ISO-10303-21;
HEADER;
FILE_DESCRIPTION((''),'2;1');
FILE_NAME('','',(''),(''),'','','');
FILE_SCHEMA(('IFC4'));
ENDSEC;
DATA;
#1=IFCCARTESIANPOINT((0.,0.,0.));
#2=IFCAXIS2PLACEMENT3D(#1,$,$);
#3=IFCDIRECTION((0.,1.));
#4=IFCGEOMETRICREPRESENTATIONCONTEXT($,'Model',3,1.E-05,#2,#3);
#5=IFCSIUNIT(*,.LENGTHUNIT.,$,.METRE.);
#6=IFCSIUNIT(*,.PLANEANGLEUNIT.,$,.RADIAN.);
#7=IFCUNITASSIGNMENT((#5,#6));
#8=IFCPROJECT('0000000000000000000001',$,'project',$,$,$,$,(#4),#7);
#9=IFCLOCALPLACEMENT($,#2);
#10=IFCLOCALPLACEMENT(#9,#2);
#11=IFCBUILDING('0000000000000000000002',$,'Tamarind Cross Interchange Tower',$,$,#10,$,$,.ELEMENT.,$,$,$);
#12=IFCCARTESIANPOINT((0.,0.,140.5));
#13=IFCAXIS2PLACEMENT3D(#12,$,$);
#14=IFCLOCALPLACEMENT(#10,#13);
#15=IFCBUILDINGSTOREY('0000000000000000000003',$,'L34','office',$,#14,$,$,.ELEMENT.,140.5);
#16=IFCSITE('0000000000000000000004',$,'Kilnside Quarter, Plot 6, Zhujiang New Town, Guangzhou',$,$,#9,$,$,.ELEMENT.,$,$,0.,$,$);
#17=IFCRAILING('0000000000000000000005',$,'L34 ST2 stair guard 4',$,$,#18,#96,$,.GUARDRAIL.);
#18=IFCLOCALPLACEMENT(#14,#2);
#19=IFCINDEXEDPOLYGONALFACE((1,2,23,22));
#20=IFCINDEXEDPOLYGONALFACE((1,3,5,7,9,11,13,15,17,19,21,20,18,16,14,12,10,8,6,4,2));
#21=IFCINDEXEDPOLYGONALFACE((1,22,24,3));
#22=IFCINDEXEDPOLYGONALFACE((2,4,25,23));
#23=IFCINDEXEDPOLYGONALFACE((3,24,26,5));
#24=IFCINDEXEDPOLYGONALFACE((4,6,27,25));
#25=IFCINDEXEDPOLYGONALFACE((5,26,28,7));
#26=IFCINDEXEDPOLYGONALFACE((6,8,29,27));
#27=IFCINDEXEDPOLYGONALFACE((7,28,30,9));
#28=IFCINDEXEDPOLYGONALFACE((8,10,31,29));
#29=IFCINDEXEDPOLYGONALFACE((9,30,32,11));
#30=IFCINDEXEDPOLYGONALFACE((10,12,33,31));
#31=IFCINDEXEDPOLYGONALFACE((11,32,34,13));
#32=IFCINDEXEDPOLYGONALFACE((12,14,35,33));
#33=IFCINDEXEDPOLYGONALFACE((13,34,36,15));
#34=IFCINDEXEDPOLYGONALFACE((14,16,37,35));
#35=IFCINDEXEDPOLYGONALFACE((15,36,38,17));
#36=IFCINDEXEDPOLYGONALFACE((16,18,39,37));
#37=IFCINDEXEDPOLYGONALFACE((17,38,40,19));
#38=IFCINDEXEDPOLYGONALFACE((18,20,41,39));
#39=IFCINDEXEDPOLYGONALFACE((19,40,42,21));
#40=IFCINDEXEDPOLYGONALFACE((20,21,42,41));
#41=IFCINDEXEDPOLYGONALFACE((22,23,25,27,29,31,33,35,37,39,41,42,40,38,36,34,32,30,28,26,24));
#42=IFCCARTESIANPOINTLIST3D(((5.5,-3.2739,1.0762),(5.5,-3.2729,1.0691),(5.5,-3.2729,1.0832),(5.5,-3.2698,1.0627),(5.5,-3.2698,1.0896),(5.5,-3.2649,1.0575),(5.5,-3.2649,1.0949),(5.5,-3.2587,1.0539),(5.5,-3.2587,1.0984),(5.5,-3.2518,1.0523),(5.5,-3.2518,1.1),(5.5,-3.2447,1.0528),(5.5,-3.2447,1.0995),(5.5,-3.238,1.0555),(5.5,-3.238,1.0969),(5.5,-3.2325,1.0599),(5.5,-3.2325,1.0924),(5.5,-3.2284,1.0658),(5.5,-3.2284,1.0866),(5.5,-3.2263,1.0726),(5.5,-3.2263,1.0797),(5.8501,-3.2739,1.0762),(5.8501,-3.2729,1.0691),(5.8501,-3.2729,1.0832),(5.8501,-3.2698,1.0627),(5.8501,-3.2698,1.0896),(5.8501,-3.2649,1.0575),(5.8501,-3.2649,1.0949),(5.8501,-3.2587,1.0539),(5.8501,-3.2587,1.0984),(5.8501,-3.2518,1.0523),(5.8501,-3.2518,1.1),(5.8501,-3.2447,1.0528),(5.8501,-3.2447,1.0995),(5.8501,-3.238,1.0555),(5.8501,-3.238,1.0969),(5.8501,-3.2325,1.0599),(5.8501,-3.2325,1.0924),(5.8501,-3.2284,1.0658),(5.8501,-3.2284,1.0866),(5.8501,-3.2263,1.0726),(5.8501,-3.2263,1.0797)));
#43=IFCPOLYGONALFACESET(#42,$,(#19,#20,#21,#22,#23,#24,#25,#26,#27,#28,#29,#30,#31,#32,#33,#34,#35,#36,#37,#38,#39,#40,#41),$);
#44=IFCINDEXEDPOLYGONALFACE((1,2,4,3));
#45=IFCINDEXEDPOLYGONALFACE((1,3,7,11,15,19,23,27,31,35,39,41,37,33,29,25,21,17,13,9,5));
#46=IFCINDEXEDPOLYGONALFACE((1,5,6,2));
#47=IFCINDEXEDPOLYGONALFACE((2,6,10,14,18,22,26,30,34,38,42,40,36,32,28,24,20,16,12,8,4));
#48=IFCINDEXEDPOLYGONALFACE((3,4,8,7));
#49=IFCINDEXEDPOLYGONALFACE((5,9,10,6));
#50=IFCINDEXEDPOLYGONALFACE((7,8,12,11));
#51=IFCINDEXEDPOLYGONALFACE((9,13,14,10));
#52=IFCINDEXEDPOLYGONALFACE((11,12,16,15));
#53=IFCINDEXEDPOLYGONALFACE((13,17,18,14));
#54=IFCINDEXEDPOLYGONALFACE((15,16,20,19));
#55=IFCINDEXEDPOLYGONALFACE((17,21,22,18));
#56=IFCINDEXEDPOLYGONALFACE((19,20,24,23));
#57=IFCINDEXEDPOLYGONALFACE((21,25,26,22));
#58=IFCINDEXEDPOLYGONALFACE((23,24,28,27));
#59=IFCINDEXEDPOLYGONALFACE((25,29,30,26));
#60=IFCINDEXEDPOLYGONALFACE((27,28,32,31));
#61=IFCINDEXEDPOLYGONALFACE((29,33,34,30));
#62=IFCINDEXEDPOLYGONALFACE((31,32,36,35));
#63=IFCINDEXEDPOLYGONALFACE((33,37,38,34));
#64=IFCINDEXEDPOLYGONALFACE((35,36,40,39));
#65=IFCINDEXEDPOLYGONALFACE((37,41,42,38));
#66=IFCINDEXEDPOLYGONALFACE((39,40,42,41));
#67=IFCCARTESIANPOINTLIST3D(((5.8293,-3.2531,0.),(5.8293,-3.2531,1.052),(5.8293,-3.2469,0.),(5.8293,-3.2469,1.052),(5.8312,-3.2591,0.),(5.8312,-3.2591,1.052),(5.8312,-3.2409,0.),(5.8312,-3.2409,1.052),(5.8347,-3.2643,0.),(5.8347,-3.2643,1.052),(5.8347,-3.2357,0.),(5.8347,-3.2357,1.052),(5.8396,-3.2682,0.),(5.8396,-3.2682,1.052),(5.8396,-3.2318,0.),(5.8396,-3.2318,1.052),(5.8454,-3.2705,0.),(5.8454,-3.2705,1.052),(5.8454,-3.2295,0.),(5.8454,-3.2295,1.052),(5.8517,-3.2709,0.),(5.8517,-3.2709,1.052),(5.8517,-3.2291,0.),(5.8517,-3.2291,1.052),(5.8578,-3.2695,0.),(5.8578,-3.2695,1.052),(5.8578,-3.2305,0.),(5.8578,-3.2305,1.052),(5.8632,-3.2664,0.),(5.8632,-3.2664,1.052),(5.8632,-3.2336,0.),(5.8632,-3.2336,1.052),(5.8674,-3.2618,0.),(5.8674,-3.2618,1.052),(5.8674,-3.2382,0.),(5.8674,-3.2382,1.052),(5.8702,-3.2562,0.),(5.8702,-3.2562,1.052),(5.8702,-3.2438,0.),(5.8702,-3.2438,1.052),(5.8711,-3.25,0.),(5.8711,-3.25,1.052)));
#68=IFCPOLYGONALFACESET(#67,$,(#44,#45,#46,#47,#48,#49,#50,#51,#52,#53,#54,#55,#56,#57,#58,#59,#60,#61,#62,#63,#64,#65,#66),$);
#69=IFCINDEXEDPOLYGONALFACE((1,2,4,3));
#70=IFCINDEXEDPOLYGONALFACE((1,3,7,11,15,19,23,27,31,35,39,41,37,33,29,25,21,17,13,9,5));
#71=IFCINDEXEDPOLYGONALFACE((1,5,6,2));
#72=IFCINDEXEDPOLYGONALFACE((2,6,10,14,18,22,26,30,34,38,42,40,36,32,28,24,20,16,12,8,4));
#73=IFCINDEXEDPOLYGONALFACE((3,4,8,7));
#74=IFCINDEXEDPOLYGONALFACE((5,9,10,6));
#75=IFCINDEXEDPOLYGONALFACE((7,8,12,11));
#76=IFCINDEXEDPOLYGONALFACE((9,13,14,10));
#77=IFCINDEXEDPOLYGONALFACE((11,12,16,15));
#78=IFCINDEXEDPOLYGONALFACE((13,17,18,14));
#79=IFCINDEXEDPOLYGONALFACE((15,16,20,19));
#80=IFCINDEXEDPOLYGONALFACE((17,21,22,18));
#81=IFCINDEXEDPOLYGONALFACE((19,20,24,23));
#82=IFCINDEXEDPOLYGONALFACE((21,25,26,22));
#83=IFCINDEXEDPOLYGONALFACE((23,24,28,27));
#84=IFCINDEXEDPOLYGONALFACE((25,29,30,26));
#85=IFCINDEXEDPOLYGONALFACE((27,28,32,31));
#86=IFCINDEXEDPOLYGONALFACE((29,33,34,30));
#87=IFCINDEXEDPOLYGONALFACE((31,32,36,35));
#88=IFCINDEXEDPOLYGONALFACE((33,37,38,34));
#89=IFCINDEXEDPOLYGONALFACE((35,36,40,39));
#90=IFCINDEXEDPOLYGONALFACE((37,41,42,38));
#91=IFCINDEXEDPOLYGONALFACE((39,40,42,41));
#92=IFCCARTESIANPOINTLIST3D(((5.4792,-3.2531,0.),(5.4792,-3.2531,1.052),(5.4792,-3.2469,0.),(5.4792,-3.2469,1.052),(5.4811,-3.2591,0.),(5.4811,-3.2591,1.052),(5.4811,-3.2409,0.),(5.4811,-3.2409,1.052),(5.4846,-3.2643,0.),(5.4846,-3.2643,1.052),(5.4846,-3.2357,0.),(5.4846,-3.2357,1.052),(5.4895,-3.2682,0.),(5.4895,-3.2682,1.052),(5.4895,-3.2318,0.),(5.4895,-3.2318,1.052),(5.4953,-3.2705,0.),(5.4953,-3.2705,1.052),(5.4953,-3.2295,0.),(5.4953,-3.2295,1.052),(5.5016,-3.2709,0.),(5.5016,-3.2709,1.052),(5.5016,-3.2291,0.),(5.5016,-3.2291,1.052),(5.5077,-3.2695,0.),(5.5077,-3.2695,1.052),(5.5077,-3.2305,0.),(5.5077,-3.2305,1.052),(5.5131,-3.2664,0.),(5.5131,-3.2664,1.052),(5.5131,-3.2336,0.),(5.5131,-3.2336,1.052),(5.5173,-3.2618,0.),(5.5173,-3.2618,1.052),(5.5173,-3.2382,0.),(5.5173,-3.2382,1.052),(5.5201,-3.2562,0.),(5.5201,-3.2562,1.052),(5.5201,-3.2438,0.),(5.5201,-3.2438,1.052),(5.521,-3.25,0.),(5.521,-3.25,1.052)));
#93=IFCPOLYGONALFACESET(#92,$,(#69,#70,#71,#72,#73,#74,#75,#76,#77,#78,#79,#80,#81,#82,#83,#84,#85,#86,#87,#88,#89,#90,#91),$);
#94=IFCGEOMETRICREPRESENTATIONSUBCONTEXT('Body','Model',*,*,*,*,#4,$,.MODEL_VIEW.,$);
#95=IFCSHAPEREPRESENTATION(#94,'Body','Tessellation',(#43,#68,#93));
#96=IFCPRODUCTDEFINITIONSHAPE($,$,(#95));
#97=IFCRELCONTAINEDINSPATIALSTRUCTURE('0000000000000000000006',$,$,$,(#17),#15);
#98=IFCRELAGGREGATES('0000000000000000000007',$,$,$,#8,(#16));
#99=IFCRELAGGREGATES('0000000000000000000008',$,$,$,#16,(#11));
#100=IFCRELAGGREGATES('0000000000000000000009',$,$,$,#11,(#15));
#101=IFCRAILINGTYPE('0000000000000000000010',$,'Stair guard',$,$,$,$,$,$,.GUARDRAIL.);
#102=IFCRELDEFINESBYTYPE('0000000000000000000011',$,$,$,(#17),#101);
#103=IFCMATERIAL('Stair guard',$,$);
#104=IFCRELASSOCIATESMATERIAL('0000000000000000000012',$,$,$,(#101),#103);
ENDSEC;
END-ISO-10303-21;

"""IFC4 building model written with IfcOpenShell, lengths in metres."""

from ifc_helpers import new_model, si_unit, direction, frame, origin, origin_2d, place, context, subcontext, project, spatial, circle, extrude, material, type_object, element, save


model = new_model("IFC4")

# Units and contexts
model_context = context("Model", 3, precision=1e-05, world=origin(), true_north=direction((0.0, 1.0)))
body_context = subcontext(model_context, "Body", "Model", "MODEL_VIEW")
ifc_project = project(units=[si_unit("LENGTHUNIT", "METRE"), si_unit("PLANEANGLEUNIT", "RADIAN")], contexts=[model_context])

# Site, building, storey
site_placement = place(None, origin())
site = spatial("IfcSite", under=ifc_project, at=site_placement, Name="Kilnside Quarter, Plot 6, Zhujiang New Town, Guangzhou", CompositionType="ELEMENT", RefElevation=0.0)
building_placement = place(site_placement, origin())
building = spatial("IfcBuilding", under=site, at=building_placement, Name="Tamarind Cross Interchange Tower", CompositionType="ELEMENT")
storey_placement = place(building_placement, frame((0.0, 0.0, 140.5)))
storey = spatial("IfcBuildingStorey", under=building, at=storey_placement, Name="L34", Description="office", CompositionType="ELEMENT", Elevation=140.5)

# Railing
ifc_material_1 = material(Name="Stair guard")
railing_type_1 = type_object("IfcRailingType", Name="Stair guard", PredefinedType="GUARDRAIL", material=ifc_material_1)
railing_1_placement = place(storey_placement, frame((5.8501, -3.25, 0.0)))
element("IfcRailing", 1, at=railing_1_placement, inside=storey, type_object=railing_type_1, Name="L34 ST2 stair guard 4", PredefinedType="GUARDRAIL", context=body_context, shape_type="SweptSolid", body=[
    extrude(circle(Radius=0.0239, at=origin_2d()), frame((0.0, 0.0, 1.0762), z_axis=(-1.0, 0.0, 0.0), x_axis=(0.0, -1.0, 0.0)), (0.0, 0.0, 1.0), 0.3501),
    extrude(circle(Radius=0.021, at=origin_2d()), origin(), (0.0, 0.0, 1.0), 1.052),
    extrude(circle(Radius=0.021, at=origin_2d()), frame((-0.3501, 0.0, 0.0)), (0.0, 0.0, 1.0), 1.052),
])

save(model, "model.ifc")
